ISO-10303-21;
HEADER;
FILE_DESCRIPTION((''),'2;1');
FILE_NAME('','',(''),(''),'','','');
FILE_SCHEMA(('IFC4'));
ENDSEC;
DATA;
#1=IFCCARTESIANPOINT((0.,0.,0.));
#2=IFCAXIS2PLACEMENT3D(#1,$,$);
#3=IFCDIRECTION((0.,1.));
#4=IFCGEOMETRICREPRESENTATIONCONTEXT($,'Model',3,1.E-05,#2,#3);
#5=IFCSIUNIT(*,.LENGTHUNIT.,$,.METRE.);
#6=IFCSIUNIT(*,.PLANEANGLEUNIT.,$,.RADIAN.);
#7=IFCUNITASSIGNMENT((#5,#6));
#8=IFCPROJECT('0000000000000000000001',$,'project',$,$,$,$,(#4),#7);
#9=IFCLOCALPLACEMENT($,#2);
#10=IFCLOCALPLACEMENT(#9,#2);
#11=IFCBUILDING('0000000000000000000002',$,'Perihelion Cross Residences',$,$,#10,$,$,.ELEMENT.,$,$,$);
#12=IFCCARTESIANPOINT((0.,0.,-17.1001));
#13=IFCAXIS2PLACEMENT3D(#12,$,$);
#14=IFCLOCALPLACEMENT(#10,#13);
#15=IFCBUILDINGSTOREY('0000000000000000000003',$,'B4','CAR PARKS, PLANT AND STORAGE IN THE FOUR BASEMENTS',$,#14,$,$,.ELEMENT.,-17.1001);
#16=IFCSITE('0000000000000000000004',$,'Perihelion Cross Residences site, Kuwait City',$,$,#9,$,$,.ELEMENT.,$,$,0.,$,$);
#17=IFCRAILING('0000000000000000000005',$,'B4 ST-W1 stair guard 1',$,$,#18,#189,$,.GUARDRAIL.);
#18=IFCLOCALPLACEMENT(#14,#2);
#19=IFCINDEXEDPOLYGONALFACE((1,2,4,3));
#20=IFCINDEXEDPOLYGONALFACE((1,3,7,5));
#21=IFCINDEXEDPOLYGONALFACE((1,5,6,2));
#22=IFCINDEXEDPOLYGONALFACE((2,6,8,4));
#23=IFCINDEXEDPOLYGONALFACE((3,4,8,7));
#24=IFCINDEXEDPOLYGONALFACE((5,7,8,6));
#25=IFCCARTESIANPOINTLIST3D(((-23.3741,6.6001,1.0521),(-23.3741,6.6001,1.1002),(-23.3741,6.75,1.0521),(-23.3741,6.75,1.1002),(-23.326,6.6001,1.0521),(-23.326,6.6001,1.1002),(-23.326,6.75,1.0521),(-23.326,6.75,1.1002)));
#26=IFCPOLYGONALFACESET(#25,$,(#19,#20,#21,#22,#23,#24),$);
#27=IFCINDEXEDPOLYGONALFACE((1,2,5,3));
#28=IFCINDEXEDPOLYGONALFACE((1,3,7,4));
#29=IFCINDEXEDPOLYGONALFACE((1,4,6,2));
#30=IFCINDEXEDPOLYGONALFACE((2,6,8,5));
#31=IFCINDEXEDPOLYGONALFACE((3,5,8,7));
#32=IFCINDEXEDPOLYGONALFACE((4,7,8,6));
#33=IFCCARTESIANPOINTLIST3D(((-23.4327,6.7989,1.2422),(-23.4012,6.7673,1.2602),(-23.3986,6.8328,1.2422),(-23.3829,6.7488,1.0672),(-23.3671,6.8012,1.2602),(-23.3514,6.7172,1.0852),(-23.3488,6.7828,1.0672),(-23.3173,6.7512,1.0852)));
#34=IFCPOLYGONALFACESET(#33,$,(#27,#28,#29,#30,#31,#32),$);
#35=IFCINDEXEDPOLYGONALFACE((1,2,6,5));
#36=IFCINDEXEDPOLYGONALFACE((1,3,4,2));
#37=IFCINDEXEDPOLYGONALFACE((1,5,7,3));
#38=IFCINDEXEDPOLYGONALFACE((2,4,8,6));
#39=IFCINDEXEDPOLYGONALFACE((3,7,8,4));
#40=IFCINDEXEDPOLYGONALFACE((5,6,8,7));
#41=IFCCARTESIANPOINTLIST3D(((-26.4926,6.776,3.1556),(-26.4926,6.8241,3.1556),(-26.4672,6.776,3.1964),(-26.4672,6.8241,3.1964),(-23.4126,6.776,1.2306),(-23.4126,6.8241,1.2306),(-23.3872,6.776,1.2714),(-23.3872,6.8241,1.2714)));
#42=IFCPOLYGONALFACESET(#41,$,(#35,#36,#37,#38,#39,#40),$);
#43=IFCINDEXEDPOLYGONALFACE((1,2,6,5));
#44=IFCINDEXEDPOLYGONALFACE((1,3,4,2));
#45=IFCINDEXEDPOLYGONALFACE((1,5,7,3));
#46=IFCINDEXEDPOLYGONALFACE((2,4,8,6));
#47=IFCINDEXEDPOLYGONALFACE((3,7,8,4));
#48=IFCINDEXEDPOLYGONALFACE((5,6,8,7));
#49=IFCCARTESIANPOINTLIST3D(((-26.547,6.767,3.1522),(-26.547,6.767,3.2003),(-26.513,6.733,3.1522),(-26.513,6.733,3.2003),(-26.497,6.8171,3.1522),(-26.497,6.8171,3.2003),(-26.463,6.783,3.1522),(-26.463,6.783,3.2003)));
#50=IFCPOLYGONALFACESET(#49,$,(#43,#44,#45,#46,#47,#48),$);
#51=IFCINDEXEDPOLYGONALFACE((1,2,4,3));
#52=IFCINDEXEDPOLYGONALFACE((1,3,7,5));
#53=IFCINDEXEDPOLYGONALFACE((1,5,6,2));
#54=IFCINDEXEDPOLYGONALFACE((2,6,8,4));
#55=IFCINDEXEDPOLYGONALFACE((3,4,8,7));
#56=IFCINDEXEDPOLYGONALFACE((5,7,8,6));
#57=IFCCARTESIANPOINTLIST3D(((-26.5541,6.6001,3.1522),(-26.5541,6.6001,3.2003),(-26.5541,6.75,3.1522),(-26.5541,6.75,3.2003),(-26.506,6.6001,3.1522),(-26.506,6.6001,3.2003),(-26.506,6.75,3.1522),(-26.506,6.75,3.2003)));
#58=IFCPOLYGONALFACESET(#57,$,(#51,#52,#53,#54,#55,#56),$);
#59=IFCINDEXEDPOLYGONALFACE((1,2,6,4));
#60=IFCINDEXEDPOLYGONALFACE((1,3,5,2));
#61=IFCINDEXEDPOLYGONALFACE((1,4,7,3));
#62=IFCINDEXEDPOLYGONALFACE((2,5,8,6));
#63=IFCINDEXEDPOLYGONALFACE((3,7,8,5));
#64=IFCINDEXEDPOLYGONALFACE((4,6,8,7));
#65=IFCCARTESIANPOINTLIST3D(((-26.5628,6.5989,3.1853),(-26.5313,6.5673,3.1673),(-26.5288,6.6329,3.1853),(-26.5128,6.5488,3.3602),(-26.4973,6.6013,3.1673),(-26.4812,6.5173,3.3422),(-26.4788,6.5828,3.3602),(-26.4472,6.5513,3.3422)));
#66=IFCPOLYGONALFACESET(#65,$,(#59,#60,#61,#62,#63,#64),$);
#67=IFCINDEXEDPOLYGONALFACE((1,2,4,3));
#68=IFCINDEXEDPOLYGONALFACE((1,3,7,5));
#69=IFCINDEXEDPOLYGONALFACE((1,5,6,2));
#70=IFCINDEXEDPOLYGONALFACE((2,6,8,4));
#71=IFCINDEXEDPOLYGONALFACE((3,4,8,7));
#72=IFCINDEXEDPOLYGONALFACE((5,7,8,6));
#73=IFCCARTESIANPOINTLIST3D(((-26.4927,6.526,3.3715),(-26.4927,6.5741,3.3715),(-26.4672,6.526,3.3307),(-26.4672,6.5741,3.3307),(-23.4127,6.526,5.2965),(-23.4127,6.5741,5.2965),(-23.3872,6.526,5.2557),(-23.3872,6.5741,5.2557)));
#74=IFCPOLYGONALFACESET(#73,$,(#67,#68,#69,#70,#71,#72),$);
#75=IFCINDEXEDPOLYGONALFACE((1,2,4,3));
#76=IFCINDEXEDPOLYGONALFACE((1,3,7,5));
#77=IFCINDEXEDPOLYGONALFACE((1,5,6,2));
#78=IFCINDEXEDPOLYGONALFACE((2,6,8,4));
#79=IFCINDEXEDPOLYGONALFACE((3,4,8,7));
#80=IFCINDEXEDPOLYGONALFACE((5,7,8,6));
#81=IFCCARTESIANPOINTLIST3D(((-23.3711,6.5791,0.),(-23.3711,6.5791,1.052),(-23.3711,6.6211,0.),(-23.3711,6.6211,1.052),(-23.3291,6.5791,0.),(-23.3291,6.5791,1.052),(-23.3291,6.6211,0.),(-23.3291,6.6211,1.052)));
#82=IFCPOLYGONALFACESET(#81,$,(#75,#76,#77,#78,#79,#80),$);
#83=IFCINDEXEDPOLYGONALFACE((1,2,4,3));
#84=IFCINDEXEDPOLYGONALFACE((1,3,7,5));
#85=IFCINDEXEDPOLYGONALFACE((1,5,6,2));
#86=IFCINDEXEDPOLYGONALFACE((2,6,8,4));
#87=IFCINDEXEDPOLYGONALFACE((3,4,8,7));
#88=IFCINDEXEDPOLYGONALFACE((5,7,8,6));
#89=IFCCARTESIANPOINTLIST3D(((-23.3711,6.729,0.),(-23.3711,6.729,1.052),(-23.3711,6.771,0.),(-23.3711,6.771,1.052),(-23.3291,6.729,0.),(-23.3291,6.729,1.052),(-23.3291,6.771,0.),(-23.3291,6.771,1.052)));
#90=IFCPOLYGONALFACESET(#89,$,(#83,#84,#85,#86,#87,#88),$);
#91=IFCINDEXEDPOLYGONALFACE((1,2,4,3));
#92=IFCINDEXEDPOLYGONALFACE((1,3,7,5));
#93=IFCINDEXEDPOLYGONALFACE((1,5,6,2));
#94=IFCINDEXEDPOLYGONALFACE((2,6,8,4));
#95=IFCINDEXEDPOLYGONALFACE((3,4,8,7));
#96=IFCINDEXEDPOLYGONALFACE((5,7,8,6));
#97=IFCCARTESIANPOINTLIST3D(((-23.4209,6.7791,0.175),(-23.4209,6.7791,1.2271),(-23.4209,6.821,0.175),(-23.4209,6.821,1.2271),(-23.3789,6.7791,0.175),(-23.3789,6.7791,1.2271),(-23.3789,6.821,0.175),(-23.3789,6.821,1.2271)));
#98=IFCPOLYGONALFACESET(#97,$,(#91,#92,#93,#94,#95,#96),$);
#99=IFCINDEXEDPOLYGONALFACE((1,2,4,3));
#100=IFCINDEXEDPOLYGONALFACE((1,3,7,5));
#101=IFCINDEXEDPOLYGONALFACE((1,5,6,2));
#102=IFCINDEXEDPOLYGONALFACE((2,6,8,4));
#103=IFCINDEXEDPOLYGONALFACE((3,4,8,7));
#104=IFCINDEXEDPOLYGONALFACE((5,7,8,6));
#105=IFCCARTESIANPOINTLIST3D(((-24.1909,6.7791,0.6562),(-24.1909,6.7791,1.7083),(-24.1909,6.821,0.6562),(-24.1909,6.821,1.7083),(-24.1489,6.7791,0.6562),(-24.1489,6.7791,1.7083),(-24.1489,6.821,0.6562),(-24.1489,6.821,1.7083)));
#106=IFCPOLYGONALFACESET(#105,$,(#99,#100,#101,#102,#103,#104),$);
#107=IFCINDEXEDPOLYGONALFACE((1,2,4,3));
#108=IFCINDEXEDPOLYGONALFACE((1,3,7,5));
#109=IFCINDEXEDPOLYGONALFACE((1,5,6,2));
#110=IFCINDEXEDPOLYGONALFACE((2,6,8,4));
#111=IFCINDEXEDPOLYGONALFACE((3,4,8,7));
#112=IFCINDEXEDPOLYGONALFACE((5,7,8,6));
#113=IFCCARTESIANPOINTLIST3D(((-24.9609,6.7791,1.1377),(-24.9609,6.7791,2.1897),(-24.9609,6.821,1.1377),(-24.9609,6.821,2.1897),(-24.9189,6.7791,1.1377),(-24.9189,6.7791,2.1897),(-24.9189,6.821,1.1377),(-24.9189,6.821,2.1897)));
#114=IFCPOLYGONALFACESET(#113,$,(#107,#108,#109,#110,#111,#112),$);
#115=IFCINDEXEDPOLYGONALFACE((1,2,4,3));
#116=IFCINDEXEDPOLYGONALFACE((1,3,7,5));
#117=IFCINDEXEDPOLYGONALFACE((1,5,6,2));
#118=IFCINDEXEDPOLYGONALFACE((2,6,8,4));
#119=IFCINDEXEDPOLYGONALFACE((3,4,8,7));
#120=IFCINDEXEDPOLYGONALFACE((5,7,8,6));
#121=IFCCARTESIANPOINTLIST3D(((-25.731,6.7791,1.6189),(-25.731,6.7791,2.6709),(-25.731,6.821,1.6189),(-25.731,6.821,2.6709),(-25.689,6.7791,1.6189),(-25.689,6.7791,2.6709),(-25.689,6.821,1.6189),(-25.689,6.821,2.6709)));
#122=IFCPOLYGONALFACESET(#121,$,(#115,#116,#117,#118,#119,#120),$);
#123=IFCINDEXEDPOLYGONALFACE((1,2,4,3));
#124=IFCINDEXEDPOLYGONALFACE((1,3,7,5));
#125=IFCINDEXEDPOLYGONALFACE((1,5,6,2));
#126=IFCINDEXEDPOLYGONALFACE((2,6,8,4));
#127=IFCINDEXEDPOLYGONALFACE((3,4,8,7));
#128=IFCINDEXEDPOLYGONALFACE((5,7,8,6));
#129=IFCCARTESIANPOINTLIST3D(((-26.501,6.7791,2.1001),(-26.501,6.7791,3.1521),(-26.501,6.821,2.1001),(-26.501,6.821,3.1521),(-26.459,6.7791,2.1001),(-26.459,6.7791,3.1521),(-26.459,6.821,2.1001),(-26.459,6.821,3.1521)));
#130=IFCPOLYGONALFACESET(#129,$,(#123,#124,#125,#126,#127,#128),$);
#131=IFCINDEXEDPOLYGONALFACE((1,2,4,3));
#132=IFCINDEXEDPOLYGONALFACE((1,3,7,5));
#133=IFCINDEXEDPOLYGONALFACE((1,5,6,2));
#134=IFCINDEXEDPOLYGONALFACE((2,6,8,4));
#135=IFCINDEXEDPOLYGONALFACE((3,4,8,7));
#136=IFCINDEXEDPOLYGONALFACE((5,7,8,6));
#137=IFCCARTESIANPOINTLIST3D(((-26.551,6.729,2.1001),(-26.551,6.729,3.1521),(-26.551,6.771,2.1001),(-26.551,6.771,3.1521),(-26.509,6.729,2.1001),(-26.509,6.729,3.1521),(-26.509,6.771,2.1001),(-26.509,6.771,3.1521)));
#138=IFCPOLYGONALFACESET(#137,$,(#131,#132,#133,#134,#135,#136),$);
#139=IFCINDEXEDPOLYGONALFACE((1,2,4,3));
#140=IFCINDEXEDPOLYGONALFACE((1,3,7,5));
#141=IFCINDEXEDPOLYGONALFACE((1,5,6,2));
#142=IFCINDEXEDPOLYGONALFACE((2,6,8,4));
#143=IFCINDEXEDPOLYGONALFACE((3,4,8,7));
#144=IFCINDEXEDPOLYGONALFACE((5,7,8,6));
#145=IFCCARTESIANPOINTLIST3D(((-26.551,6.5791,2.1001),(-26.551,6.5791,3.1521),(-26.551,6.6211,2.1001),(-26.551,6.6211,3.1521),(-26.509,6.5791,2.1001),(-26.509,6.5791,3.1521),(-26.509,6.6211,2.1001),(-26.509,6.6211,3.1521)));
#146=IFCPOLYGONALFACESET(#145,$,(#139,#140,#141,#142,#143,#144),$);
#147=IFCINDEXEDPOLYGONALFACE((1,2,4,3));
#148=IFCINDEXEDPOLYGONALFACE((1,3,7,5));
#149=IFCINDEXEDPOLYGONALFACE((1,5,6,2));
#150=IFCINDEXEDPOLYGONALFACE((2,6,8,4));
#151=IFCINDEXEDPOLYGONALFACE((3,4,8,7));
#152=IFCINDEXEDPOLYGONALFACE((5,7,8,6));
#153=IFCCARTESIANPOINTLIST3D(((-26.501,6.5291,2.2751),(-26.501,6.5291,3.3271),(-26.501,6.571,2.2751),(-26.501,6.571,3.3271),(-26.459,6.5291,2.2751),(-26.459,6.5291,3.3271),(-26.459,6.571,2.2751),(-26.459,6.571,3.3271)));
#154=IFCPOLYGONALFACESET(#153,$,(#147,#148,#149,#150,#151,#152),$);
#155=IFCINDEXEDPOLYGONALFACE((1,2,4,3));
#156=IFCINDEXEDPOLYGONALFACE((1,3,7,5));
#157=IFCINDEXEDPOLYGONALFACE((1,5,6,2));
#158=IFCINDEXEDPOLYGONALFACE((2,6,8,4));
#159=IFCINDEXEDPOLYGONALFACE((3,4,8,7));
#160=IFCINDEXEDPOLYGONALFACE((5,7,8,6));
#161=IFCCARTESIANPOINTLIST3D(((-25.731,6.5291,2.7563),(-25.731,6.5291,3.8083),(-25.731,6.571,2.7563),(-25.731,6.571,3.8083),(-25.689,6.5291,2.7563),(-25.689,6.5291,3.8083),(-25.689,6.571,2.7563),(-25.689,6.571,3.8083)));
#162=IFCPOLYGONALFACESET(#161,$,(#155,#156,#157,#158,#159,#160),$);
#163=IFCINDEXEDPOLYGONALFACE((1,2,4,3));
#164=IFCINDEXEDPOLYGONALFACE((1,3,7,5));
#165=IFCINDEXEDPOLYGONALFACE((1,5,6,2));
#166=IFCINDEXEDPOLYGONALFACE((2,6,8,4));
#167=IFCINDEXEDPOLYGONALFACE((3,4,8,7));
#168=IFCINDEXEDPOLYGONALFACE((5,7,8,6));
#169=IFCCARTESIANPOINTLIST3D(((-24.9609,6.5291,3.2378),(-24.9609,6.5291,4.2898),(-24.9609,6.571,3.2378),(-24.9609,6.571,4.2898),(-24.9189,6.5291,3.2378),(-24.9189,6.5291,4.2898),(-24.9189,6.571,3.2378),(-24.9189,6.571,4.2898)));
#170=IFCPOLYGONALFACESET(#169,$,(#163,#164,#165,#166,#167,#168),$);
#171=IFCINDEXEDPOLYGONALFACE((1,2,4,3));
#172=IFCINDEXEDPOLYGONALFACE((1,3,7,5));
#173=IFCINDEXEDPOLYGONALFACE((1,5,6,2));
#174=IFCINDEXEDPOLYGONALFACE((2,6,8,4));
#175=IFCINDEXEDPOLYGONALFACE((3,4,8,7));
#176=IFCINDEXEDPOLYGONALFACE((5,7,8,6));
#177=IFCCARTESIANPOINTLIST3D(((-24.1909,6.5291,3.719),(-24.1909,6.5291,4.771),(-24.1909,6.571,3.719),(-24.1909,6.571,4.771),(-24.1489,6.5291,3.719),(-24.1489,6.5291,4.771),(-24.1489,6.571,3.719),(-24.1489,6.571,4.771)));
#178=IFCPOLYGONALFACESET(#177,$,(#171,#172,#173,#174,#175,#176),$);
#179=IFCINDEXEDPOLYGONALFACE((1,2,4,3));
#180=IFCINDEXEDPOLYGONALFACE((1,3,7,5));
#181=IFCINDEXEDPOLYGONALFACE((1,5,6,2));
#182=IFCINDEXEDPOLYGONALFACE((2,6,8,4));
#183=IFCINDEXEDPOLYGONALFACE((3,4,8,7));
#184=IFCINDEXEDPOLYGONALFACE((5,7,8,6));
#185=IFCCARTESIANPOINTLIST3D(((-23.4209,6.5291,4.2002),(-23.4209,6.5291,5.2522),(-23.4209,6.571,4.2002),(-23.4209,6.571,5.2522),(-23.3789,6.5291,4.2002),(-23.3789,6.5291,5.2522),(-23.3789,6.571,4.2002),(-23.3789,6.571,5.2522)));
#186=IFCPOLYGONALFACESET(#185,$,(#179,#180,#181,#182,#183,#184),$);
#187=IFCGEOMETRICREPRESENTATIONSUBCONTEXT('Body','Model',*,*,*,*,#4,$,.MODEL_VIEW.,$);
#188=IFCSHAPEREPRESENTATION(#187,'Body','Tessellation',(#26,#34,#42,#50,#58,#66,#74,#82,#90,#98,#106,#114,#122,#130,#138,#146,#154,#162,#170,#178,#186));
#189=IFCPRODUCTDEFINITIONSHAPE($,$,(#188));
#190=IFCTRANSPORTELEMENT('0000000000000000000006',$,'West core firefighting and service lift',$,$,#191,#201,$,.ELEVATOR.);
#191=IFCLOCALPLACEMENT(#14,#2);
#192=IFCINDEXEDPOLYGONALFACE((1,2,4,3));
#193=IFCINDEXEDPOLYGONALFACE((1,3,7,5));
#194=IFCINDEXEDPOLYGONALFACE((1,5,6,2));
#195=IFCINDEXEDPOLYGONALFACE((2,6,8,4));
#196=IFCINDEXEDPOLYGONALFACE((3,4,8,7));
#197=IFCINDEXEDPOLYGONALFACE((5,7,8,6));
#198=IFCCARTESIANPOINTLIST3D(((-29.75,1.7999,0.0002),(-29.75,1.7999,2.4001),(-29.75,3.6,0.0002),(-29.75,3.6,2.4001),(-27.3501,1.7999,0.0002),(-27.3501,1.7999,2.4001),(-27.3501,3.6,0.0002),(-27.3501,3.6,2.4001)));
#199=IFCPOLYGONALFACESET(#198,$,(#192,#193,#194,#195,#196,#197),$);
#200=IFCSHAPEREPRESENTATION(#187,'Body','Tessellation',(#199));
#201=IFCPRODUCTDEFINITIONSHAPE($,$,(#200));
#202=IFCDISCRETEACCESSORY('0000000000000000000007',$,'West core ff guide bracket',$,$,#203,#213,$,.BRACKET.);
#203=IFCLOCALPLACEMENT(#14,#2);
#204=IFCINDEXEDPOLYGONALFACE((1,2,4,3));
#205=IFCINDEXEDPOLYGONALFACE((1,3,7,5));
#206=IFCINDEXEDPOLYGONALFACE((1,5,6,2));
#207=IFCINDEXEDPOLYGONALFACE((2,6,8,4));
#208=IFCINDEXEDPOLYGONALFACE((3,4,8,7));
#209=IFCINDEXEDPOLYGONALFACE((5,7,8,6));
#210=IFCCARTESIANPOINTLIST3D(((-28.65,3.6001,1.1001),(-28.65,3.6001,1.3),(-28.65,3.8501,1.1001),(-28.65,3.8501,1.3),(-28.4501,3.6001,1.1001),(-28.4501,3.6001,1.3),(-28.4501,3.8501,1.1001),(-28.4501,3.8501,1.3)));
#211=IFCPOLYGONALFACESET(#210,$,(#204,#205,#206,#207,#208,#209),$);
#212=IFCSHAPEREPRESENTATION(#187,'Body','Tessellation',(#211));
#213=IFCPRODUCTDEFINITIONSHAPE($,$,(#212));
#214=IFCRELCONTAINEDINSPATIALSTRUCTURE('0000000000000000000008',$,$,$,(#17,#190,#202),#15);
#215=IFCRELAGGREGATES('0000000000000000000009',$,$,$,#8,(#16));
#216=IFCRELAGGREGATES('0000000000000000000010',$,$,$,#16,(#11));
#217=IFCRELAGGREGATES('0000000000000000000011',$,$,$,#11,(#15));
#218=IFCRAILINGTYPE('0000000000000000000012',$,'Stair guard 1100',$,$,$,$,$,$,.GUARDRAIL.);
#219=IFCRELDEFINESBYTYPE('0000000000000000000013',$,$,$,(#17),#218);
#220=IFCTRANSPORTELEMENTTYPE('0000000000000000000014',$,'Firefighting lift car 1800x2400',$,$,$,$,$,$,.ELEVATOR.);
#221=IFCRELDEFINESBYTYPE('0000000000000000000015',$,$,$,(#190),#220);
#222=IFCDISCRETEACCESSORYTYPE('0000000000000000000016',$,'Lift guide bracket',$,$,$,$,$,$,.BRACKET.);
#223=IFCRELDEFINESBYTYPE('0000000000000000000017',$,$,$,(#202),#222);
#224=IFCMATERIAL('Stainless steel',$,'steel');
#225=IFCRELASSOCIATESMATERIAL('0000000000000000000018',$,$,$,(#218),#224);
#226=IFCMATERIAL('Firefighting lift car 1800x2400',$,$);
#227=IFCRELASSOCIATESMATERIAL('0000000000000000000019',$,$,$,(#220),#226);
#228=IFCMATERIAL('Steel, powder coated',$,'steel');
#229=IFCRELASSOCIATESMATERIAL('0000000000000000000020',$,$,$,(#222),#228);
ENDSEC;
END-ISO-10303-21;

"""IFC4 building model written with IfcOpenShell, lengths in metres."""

from ifc_helpers import new_model, si_unit, direction, frame, origin, origin_2d, place, context, subcontext, project, spatial, rectangle, extrude, material, type_object, element, save


model = new_model("IFC4")

# Units and contexts
model_context = context("Model", 3, precision=1e-05, world=origin(), true_north=direction((0.0, 1.0)))
body_context = subcontext(model_context, "Body", "Model", "MODEL_VIEW")
ifc_project = project(units=[si_unit("LENGTHUNIT", "METRE"), si_unit("PLANEANGLEUNIT", "RADIAN")], contexts=[model_context])

# Site, building, storey
site_placement = place(None, origin())
site = spatial("IfcSite", under=ifc_project, at=site_placement, Name="Perihelion Cross Residences site, Kuwait City", CompositionType="ELEMENT", RefElevation=0.0)
building_placement = place(site_placement, origin())
building = spatial("IfcBuilding", under=site, at=building_placement, Name="Perihelion Cross Residences", CompositionType="ELEMENT")
storey_placement = place(building_placement, frame((0.0, 0.0, -17.1001)))
storey = spatial("IfcBuildingStorey", under=building, at=storey_placement, Name="B4", Description="CAR PARKS, PLANT AND STORAGE IN THE FOUR BASEMENTS", CompositionType="ELEMENT", Elevation=-17.1001)

# Railing
ifc_material_1 = material(Name="Stainless steel", Category="steel")
railing_type = type_object("IfcRailingType", Name="Stair guard 1100", PredefinedType="GUARDRAIL", material=ifc_material_1)
railing_placement = place(storey_placement, frame((-23.3501, 6.6001, 0.0)))
element("IfcRailing", 1, at=railing_placement, inside=storey, type_object=railing_type, Name="B4 ST-W1 stair guard 1", PredefinedType="GUARDRAIL", context=body_context, shape_type="SweptSolid", body=[
    extrude(rectangle(XDim=0.0481, YDim=0.0481, at=origin_2d()), frame((0.0, 0.0, 1.0762), z_axis=(0.0, 1.0, 0.0), x_axis=(-1.0, 0.0, 0.0)), (0.0, 0.0, 1.0), 0.1499),
    extrude(rectangle(XDim=0.0481, YDim=0.0481, at=origin_2d()), frame((0.0, 0.1499, 1.0762), z_axis=(-0.263862, 0.265156, 0.927399), x_axis=(-0.708834, -0.705376, 0.0)), (0.0, 0.0, 1.0), 0.1887),
    extrude(rectangle(XDim=0.0481, YDim=0.0481, at=origin_2d()), frame((-0.0498, 0.2, 1.251), z_axis=(-0.847998, 0.0, 0.529999), x_axis=(0.0, -1.0, 0.0)), (0.0, 0.0, 1.0), 3.6321),
    extrude(rectangle(XDim=0.0481, YDim=0.0481, at=origin_2d()), frame((-3.1299, 0.2, 3.1763), z_axis=(-0.707107, -0.707107, 0.0), x_axis=(0.707107, -0.707107, 0.0)), (0.0, 0.0, 1.0), 0.0708),
    extrude(rectangle(XDim=0.0481, YDim=0.0481, at=origin_2d()), frame((-3.1799, 0.1499, 3.1763), z_axis=(0.0, -1.0, 0.0), x_axis=(1.0, 0.0, 0.0)), (0.0, 0.0, 1.0), 0.1499),
    extrude(rectangle(XDim=0.0481, YDim=0.0481, at=origin_2d()), frame((-3.1799, 0.0, 3.1763), z_axis=(0.265065, -0.265065, 0.927082), x_axis=(0.707107, 0.707107, 0.0)), (0.0, 0.0, 1.0), 0.1887),
    extrude(rectangle(XDim=0.0481, YDim=0.0481, at=origin_2d()), frame((-3.1299, -0.05, 3.3511), z_axis=(0.847998, 0.0, 0.529999), x_axis=(0.0, 1.0, 0.0)), (0.0, 0.0, 1.0), 3.6321),
    extrude(rectangle(XDim=0.042, YDim=0.042, at=origin_2d()), origin(), (0.0, 0.0, 1.0), 1.052),
    extrude(rectangle(XDim=0.042, YDim=0.042, at=origin_2d()), frame((0.0, 0.1499, 0.0)), (0.0, 0.0, 1.0), 1.052),
    extrude(rectangle(XDim=0.042, YDim=0.042, at=origin_2d()), frame((-0.0498, 0.2, 0.175)), (0.0, 0.0, 1.0), 1.052),
    extrude(rectangle(XDim=0.042, YDim=0.042, at=origin_2d()), frame((-0.8198, 0.2, 0.6562)), (0.0, 0.0, 1.0), 1.052),
    extrude(rectangle(XDim=0.042, YDim=0.042, at=origin_2d()), frame((-1.5898, 0.2, 1.1377)), (0.0, 0.0, 1.0), 1.052),
    extrude(rectangle(XDim=0.042, YDim=0.042, at=origin_2d()), frame((-2.3599, 0.2, 1.6189)), (0.0, 0.0, 1.0), 1.052),
    extrude(rectangle(XDim=0.042, YDim=0.042, at=origin_2d()), frame((-3.1299, 0.2, 2.1001)), (0.0, 0.0, 1.0), 1.052),
    extrude(rectangle(XDim=0.042, YDim=0.042, at=origin_2d()), frame((-3.1799, 0.1499, 2.1001)), (0.0, 0.0, 1.0), 1.052),
    extrude(rectangle(XDim=0.042, YDim=0.042, at=origin_2d()), frame((-3.1799, 0.0, 2.1001)), (0.0, 0.0, 1.0), 1.052),
    extrude(rectangle(XDim=0.042, YDim=0.042, at=origin_2d()), frame((-3.1299, -0.05, 2.2751)), (0.0, 0.0, 1.0), 1.052),
    extrude(rectangle(XDim=0.042, YDim=0.042, at=origin_2d()), frame((-2.3599, -0.05, 2.7563)), (0.0, 0.0, 1.0), 1.052),
    extrude(rectangle(XDim=0.042, YDim=0.042, at=origin_2d()), frame((-1.5898, -0.05, 3.2378)), (0.0, 0.0, 1.0), 1.052),
    extrude(rectangle(XDim=0.042, YDim=0.042, at=origin_2d()), frame((-0.8198, -0.05, 3.719)), (0.0, 0.0, 1.0), 1.052),
    extrude(rectangle(XDim=0.042, YDim=0.042, at=origin_2d()), frame((-0.0498, -0.05, 4.2002)), (0.0, 0.0, 1.0), 1.052),
])

# Transport element
ifc_material_2 = material(Name="Firefighting lift car 1800x2400")
transport_element_type = type_object("IfcTransportElementType", Name="Firefighting lift car 1800x2400", PredefinedType="ELEVATOR", material=ifc_material_2)
transport_element_placement = place(storey_placement, frame((-28.55, 2.7, 0.0002), z_axis=(0.0, 0.0, 1.0), x_axis=(1.0, 0.0, 0.0)))
element("IfcTransportElement", 2, at=transport_element_placement, inside=storey, type_object=transport_element_type, Name="West core firefighting and service lift", PredefinedType="ELEVATOR", context=body_context, shape_type="SweptSolid", body=[
    extrude(rectangle(XDim=2.3999, YDim=1.8, at=origin_2d()), origin(), (0.0, 0.0, 1.0), 2.3999),
])

# Discrete accessory
ifc_material_3 = material(Name="Steel, powder coated", Category="steel")
discrete_accessory_type = type_object("IfcDiscreteAccessoryType", Name="Lift guide bracket", PredefinedType="BRACKET", material=ifc_material_3)
discrete_accessory_placement = place(storey_placement, frame((-28.55, 3.7251, 1.1001), z_axis=(0.0, 0.0, 1.0), x_axis=(1.0, 0.0, 0.0)))
element("IfcDiscreteAccessory", 3, at=discrete_accessory_placement, inside=storey, type_object=discrete_accessory_type, Name="West core ff guide bracket", PredefinedType="BRACKET", context=body_context, shape_type="SweptSolid", body=[
    extrude(rectangle(XDim=0.2, YDim=0.25, at=origin_2d()), origin(), (0.0, 0.0, 1.0), 0.2),
])

save(model, "model.ifc")
